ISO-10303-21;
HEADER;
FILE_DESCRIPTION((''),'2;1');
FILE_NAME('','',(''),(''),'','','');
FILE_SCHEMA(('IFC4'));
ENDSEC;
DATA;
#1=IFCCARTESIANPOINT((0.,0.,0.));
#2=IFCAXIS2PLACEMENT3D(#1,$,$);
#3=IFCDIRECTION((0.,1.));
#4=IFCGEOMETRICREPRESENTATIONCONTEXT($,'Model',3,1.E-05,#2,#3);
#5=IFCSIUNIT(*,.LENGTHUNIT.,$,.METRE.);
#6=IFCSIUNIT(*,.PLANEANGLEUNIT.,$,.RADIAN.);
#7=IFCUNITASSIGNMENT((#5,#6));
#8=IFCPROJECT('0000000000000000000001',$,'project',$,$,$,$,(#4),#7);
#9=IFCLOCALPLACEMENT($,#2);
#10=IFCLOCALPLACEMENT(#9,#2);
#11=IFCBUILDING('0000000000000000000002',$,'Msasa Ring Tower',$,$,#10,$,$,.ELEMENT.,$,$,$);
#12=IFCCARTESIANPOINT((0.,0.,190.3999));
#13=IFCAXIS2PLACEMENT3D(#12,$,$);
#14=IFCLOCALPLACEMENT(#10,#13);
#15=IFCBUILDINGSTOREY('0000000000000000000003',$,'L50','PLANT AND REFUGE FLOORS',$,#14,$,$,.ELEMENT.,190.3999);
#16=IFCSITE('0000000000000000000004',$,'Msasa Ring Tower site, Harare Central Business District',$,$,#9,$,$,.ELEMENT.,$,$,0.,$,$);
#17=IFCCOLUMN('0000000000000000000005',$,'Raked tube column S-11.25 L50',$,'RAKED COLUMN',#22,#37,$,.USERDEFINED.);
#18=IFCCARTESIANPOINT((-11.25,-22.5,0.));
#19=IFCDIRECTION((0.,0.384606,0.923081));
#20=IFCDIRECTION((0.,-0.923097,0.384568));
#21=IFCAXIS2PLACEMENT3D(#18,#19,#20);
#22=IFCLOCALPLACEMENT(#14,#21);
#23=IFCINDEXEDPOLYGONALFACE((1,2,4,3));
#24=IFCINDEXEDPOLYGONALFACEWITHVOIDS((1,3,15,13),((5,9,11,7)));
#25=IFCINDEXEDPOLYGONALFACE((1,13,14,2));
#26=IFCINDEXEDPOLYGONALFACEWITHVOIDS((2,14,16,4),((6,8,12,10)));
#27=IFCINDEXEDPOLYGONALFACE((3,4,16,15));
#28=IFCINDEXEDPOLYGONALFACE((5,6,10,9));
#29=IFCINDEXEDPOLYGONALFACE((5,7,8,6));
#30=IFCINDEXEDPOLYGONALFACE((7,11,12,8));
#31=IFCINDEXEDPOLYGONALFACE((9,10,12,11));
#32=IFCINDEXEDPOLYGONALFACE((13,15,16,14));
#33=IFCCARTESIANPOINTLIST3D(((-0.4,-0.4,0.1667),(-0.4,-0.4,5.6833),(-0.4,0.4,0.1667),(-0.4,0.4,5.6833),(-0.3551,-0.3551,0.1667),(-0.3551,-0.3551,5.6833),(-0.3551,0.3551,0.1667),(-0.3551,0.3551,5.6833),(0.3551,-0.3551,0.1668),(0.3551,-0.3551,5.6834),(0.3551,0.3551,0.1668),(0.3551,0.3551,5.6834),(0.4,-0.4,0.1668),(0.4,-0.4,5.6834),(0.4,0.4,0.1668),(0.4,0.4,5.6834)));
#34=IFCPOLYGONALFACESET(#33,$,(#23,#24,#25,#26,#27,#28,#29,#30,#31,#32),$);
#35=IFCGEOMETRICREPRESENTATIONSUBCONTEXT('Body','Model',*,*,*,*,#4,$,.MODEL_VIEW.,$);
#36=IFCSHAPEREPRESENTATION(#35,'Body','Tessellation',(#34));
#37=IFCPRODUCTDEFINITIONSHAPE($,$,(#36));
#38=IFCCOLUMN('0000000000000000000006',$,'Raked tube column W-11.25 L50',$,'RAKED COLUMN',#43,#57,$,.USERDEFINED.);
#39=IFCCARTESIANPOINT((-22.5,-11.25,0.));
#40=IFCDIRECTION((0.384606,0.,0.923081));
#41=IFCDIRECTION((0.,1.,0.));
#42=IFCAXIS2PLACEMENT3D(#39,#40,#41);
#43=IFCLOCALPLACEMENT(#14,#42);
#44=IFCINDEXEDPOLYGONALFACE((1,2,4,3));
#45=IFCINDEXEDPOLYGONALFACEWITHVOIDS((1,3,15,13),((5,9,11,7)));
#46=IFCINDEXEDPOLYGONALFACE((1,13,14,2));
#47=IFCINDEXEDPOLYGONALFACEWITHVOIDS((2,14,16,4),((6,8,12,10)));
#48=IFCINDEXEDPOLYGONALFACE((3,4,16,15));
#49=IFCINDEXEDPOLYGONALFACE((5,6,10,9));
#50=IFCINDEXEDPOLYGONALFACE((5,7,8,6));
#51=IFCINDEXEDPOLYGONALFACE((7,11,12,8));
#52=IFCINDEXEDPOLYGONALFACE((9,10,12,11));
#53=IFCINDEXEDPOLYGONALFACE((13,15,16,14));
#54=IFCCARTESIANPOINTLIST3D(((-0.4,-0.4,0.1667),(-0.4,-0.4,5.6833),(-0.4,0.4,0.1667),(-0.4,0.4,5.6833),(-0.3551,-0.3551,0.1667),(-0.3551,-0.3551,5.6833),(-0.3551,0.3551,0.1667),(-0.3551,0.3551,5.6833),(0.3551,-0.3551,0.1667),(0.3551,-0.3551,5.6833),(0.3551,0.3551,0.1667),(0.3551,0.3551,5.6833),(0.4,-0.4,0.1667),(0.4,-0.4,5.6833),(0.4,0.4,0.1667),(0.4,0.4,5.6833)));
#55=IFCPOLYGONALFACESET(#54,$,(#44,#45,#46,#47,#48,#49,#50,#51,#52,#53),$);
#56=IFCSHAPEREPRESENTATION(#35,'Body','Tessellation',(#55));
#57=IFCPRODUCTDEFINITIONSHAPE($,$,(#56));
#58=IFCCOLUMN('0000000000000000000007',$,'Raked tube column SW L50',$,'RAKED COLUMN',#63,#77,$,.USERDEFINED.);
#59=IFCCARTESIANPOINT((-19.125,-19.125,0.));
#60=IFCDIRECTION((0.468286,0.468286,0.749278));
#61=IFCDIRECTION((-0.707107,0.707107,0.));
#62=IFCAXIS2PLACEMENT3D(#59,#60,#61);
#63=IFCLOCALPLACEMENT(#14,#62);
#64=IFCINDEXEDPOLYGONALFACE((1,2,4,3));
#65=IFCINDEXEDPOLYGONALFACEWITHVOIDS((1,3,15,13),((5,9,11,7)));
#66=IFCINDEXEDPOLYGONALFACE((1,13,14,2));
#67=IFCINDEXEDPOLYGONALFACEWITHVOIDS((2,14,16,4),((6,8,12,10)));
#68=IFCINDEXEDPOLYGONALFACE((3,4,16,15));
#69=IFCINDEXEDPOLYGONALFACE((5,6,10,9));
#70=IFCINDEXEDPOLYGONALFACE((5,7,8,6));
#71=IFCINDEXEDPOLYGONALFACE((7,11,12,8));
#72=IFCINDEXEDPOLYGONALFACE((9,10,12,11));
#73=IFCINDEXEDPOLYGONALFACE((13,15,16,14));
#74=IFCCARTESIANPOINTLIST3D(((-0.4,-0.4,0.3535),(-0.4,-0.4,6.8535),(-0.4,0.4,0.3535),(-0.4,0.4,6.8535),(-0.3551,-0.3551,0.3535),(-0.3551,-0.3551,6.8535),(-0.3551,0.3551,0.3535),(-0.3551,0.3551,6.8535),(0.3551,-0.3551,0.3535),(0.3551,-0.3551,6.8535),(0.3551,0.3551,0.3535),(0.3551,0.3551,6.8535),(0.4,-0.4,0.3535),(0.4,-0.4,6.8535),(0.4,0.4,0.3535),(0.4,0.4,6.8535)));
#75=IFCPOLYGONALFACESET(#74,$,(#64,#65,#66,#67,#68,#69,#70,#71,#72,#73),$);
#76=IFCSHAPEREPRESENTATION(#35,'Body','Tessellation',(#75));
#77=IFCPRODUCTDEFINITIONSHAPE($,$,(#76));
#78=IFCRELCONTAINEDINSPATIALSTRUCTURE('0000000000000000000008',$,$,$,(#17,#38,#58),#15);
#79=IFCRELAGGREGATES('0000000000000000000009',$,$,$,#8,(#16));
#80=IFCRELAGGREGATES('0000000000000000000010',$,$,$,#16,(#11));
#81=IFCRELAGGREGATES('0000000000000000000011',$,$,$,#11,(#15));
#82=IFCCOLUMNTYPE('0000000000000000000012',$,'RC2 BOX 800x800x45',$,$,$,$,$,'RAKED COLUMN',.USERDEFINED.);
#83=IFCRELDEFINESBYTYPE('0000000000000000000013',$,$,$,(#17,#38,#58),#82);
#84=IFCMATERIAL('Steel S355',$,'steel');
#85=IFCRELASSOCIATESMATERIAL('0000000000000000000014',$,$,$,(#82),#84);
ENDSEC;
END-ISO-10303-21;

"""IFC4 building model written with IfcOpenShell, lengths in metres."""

from ifc_helpers import new_model, si_unit, direction, frame, origin, origin_2d, place, context, subcontext, project, spatial, hollow_rectangle, extrude, clip, halfspace, material, material_profile, profile_set, type_object, element, save


model = new_model("IFC4")

# Units and contexts
model_context = context("Model", 3, precision=1e-05, world=origin(), true_north=direction((0.0, 1.0)))
body_context = subcontext(model_context, "Body", "Model", "MODEL_VIEW")
ifc_project = project(units=[si_unit("LENGTHUNIT", "METRE"), si_unit("PLANEANGLEUNIT", "RADIAN")], contexts=[model_context])

# Site, building, storey
site_placement = place(None, origin())
site = spatial("IfcSite", under=ifc_project, at=site_placement, Name="Msasa Ring Tower site, Harare Central Business District", CompositionType="ELEMENT", RefElevation=0.0)
building_placement = place(site_placement, origin())
building = spatial("IfcBuilding", under=site, at=building_placement, Name="Msasa Ring Tower", CompositionType="ELEMENT")
storey_placement = place(building_placement, frame((0.0, 0.0, 190.3999)))
storey = spatial("IfcBuildingStorey", under=building, at=storey_placement, Name="L50", Description="PLANT AND REFUGE FLOORS", CompositionType="ELEMENT", Elevation=190.3999)

# Columns
ifc_material_1 = material(Name="Steel S355", Category="steel")
ifc_material_profile_1 = material_profile(ifc_material_1, hollow_rectangle(XDim=0.8, YDim=0.8, WallThickness=0.0449, at=origin_2d()), Name="BOX 800x800x45")
ifc_profile_set_1 = profile_set([ifc_material_profile_1], Name="Steel S355")
column_type = type_object("IfcColumnType", Name="RC2 BOX 800x800x45", ElementType="RAKED COLUMN", PredefinedType="USERDEFINED", material=ifc_profile_set_1)
for number, where, z_axis, x_axis, name in (
    (1, (-11.25, -22.5, 0.0), (0.0, 0.384606, 0.923081), (0.0, -0.923097, 0.384568), "Raked tube column S-11.25 L50"),
    (2, (-22.5, -11.25, 0.0), (0.384606, 0.0, 0.923081), (0.0, 1.0, 0.0), "Raked tube column W-11.25 L50"),
):
    element("IfcColumn", number, at=place(storey_placement, frame(where, z_axis=z_axis, x_axis=x_axis)), inside=storey, type_object=column_type, Name=name, ObjectType="RAKED COLUMN", PredefinedType="USERDEFINED", context=body_context, shape_type="Clipping", body=[
        clip(clip(extrude(hollow_rectangle(XDim=0.8, YDim=0.8, WallThickness=0.0449, at=origin_2d()), origin(), (0.0, 0.0, 1.0), 5.8501), halfspace(frame((0.0, 0.0, 0.1667), z_axis=(0.0, 0.0, 1.0)), True)), halfspace(frame((0.0, 0.0, 5.6833), z_axis=(0.0, 0.0, -1.0)), True)),
    ])
column_placement = place(storey_placement, frame((-19.125, -19.125, 0.0), z_axis=(0.468286, 0.468286, 0.749278), x_axis=(-0.707107, 0.707107, 0.0)))
element("IfcColumn", 3, at=column_placement, inside=storey, type_object=column_type, Name="Raked tube column SW L50", ObjectType="RAKED COLUMN", PredefinedType="USERDEFINED", context=body_context, shape_type="Clipping", body=[
    clip(clip(extrude(hollow_rectangle(XDim=0.8, YDim=0.8, WallThickness=0.0449, at=origin_2d()), origin(), (0.0, 0.0, 1.0), 7.207), halfspace(frame((0.0, 0.0, 0.3535), z_axis=(0.0, 0.0, 1.0)), True)), halfspace(frame((0.0, 0.0, 6.8535), z_axis=(0.0, 0.0, -1.0)), True)),
])

save(model, "model.ifc")
